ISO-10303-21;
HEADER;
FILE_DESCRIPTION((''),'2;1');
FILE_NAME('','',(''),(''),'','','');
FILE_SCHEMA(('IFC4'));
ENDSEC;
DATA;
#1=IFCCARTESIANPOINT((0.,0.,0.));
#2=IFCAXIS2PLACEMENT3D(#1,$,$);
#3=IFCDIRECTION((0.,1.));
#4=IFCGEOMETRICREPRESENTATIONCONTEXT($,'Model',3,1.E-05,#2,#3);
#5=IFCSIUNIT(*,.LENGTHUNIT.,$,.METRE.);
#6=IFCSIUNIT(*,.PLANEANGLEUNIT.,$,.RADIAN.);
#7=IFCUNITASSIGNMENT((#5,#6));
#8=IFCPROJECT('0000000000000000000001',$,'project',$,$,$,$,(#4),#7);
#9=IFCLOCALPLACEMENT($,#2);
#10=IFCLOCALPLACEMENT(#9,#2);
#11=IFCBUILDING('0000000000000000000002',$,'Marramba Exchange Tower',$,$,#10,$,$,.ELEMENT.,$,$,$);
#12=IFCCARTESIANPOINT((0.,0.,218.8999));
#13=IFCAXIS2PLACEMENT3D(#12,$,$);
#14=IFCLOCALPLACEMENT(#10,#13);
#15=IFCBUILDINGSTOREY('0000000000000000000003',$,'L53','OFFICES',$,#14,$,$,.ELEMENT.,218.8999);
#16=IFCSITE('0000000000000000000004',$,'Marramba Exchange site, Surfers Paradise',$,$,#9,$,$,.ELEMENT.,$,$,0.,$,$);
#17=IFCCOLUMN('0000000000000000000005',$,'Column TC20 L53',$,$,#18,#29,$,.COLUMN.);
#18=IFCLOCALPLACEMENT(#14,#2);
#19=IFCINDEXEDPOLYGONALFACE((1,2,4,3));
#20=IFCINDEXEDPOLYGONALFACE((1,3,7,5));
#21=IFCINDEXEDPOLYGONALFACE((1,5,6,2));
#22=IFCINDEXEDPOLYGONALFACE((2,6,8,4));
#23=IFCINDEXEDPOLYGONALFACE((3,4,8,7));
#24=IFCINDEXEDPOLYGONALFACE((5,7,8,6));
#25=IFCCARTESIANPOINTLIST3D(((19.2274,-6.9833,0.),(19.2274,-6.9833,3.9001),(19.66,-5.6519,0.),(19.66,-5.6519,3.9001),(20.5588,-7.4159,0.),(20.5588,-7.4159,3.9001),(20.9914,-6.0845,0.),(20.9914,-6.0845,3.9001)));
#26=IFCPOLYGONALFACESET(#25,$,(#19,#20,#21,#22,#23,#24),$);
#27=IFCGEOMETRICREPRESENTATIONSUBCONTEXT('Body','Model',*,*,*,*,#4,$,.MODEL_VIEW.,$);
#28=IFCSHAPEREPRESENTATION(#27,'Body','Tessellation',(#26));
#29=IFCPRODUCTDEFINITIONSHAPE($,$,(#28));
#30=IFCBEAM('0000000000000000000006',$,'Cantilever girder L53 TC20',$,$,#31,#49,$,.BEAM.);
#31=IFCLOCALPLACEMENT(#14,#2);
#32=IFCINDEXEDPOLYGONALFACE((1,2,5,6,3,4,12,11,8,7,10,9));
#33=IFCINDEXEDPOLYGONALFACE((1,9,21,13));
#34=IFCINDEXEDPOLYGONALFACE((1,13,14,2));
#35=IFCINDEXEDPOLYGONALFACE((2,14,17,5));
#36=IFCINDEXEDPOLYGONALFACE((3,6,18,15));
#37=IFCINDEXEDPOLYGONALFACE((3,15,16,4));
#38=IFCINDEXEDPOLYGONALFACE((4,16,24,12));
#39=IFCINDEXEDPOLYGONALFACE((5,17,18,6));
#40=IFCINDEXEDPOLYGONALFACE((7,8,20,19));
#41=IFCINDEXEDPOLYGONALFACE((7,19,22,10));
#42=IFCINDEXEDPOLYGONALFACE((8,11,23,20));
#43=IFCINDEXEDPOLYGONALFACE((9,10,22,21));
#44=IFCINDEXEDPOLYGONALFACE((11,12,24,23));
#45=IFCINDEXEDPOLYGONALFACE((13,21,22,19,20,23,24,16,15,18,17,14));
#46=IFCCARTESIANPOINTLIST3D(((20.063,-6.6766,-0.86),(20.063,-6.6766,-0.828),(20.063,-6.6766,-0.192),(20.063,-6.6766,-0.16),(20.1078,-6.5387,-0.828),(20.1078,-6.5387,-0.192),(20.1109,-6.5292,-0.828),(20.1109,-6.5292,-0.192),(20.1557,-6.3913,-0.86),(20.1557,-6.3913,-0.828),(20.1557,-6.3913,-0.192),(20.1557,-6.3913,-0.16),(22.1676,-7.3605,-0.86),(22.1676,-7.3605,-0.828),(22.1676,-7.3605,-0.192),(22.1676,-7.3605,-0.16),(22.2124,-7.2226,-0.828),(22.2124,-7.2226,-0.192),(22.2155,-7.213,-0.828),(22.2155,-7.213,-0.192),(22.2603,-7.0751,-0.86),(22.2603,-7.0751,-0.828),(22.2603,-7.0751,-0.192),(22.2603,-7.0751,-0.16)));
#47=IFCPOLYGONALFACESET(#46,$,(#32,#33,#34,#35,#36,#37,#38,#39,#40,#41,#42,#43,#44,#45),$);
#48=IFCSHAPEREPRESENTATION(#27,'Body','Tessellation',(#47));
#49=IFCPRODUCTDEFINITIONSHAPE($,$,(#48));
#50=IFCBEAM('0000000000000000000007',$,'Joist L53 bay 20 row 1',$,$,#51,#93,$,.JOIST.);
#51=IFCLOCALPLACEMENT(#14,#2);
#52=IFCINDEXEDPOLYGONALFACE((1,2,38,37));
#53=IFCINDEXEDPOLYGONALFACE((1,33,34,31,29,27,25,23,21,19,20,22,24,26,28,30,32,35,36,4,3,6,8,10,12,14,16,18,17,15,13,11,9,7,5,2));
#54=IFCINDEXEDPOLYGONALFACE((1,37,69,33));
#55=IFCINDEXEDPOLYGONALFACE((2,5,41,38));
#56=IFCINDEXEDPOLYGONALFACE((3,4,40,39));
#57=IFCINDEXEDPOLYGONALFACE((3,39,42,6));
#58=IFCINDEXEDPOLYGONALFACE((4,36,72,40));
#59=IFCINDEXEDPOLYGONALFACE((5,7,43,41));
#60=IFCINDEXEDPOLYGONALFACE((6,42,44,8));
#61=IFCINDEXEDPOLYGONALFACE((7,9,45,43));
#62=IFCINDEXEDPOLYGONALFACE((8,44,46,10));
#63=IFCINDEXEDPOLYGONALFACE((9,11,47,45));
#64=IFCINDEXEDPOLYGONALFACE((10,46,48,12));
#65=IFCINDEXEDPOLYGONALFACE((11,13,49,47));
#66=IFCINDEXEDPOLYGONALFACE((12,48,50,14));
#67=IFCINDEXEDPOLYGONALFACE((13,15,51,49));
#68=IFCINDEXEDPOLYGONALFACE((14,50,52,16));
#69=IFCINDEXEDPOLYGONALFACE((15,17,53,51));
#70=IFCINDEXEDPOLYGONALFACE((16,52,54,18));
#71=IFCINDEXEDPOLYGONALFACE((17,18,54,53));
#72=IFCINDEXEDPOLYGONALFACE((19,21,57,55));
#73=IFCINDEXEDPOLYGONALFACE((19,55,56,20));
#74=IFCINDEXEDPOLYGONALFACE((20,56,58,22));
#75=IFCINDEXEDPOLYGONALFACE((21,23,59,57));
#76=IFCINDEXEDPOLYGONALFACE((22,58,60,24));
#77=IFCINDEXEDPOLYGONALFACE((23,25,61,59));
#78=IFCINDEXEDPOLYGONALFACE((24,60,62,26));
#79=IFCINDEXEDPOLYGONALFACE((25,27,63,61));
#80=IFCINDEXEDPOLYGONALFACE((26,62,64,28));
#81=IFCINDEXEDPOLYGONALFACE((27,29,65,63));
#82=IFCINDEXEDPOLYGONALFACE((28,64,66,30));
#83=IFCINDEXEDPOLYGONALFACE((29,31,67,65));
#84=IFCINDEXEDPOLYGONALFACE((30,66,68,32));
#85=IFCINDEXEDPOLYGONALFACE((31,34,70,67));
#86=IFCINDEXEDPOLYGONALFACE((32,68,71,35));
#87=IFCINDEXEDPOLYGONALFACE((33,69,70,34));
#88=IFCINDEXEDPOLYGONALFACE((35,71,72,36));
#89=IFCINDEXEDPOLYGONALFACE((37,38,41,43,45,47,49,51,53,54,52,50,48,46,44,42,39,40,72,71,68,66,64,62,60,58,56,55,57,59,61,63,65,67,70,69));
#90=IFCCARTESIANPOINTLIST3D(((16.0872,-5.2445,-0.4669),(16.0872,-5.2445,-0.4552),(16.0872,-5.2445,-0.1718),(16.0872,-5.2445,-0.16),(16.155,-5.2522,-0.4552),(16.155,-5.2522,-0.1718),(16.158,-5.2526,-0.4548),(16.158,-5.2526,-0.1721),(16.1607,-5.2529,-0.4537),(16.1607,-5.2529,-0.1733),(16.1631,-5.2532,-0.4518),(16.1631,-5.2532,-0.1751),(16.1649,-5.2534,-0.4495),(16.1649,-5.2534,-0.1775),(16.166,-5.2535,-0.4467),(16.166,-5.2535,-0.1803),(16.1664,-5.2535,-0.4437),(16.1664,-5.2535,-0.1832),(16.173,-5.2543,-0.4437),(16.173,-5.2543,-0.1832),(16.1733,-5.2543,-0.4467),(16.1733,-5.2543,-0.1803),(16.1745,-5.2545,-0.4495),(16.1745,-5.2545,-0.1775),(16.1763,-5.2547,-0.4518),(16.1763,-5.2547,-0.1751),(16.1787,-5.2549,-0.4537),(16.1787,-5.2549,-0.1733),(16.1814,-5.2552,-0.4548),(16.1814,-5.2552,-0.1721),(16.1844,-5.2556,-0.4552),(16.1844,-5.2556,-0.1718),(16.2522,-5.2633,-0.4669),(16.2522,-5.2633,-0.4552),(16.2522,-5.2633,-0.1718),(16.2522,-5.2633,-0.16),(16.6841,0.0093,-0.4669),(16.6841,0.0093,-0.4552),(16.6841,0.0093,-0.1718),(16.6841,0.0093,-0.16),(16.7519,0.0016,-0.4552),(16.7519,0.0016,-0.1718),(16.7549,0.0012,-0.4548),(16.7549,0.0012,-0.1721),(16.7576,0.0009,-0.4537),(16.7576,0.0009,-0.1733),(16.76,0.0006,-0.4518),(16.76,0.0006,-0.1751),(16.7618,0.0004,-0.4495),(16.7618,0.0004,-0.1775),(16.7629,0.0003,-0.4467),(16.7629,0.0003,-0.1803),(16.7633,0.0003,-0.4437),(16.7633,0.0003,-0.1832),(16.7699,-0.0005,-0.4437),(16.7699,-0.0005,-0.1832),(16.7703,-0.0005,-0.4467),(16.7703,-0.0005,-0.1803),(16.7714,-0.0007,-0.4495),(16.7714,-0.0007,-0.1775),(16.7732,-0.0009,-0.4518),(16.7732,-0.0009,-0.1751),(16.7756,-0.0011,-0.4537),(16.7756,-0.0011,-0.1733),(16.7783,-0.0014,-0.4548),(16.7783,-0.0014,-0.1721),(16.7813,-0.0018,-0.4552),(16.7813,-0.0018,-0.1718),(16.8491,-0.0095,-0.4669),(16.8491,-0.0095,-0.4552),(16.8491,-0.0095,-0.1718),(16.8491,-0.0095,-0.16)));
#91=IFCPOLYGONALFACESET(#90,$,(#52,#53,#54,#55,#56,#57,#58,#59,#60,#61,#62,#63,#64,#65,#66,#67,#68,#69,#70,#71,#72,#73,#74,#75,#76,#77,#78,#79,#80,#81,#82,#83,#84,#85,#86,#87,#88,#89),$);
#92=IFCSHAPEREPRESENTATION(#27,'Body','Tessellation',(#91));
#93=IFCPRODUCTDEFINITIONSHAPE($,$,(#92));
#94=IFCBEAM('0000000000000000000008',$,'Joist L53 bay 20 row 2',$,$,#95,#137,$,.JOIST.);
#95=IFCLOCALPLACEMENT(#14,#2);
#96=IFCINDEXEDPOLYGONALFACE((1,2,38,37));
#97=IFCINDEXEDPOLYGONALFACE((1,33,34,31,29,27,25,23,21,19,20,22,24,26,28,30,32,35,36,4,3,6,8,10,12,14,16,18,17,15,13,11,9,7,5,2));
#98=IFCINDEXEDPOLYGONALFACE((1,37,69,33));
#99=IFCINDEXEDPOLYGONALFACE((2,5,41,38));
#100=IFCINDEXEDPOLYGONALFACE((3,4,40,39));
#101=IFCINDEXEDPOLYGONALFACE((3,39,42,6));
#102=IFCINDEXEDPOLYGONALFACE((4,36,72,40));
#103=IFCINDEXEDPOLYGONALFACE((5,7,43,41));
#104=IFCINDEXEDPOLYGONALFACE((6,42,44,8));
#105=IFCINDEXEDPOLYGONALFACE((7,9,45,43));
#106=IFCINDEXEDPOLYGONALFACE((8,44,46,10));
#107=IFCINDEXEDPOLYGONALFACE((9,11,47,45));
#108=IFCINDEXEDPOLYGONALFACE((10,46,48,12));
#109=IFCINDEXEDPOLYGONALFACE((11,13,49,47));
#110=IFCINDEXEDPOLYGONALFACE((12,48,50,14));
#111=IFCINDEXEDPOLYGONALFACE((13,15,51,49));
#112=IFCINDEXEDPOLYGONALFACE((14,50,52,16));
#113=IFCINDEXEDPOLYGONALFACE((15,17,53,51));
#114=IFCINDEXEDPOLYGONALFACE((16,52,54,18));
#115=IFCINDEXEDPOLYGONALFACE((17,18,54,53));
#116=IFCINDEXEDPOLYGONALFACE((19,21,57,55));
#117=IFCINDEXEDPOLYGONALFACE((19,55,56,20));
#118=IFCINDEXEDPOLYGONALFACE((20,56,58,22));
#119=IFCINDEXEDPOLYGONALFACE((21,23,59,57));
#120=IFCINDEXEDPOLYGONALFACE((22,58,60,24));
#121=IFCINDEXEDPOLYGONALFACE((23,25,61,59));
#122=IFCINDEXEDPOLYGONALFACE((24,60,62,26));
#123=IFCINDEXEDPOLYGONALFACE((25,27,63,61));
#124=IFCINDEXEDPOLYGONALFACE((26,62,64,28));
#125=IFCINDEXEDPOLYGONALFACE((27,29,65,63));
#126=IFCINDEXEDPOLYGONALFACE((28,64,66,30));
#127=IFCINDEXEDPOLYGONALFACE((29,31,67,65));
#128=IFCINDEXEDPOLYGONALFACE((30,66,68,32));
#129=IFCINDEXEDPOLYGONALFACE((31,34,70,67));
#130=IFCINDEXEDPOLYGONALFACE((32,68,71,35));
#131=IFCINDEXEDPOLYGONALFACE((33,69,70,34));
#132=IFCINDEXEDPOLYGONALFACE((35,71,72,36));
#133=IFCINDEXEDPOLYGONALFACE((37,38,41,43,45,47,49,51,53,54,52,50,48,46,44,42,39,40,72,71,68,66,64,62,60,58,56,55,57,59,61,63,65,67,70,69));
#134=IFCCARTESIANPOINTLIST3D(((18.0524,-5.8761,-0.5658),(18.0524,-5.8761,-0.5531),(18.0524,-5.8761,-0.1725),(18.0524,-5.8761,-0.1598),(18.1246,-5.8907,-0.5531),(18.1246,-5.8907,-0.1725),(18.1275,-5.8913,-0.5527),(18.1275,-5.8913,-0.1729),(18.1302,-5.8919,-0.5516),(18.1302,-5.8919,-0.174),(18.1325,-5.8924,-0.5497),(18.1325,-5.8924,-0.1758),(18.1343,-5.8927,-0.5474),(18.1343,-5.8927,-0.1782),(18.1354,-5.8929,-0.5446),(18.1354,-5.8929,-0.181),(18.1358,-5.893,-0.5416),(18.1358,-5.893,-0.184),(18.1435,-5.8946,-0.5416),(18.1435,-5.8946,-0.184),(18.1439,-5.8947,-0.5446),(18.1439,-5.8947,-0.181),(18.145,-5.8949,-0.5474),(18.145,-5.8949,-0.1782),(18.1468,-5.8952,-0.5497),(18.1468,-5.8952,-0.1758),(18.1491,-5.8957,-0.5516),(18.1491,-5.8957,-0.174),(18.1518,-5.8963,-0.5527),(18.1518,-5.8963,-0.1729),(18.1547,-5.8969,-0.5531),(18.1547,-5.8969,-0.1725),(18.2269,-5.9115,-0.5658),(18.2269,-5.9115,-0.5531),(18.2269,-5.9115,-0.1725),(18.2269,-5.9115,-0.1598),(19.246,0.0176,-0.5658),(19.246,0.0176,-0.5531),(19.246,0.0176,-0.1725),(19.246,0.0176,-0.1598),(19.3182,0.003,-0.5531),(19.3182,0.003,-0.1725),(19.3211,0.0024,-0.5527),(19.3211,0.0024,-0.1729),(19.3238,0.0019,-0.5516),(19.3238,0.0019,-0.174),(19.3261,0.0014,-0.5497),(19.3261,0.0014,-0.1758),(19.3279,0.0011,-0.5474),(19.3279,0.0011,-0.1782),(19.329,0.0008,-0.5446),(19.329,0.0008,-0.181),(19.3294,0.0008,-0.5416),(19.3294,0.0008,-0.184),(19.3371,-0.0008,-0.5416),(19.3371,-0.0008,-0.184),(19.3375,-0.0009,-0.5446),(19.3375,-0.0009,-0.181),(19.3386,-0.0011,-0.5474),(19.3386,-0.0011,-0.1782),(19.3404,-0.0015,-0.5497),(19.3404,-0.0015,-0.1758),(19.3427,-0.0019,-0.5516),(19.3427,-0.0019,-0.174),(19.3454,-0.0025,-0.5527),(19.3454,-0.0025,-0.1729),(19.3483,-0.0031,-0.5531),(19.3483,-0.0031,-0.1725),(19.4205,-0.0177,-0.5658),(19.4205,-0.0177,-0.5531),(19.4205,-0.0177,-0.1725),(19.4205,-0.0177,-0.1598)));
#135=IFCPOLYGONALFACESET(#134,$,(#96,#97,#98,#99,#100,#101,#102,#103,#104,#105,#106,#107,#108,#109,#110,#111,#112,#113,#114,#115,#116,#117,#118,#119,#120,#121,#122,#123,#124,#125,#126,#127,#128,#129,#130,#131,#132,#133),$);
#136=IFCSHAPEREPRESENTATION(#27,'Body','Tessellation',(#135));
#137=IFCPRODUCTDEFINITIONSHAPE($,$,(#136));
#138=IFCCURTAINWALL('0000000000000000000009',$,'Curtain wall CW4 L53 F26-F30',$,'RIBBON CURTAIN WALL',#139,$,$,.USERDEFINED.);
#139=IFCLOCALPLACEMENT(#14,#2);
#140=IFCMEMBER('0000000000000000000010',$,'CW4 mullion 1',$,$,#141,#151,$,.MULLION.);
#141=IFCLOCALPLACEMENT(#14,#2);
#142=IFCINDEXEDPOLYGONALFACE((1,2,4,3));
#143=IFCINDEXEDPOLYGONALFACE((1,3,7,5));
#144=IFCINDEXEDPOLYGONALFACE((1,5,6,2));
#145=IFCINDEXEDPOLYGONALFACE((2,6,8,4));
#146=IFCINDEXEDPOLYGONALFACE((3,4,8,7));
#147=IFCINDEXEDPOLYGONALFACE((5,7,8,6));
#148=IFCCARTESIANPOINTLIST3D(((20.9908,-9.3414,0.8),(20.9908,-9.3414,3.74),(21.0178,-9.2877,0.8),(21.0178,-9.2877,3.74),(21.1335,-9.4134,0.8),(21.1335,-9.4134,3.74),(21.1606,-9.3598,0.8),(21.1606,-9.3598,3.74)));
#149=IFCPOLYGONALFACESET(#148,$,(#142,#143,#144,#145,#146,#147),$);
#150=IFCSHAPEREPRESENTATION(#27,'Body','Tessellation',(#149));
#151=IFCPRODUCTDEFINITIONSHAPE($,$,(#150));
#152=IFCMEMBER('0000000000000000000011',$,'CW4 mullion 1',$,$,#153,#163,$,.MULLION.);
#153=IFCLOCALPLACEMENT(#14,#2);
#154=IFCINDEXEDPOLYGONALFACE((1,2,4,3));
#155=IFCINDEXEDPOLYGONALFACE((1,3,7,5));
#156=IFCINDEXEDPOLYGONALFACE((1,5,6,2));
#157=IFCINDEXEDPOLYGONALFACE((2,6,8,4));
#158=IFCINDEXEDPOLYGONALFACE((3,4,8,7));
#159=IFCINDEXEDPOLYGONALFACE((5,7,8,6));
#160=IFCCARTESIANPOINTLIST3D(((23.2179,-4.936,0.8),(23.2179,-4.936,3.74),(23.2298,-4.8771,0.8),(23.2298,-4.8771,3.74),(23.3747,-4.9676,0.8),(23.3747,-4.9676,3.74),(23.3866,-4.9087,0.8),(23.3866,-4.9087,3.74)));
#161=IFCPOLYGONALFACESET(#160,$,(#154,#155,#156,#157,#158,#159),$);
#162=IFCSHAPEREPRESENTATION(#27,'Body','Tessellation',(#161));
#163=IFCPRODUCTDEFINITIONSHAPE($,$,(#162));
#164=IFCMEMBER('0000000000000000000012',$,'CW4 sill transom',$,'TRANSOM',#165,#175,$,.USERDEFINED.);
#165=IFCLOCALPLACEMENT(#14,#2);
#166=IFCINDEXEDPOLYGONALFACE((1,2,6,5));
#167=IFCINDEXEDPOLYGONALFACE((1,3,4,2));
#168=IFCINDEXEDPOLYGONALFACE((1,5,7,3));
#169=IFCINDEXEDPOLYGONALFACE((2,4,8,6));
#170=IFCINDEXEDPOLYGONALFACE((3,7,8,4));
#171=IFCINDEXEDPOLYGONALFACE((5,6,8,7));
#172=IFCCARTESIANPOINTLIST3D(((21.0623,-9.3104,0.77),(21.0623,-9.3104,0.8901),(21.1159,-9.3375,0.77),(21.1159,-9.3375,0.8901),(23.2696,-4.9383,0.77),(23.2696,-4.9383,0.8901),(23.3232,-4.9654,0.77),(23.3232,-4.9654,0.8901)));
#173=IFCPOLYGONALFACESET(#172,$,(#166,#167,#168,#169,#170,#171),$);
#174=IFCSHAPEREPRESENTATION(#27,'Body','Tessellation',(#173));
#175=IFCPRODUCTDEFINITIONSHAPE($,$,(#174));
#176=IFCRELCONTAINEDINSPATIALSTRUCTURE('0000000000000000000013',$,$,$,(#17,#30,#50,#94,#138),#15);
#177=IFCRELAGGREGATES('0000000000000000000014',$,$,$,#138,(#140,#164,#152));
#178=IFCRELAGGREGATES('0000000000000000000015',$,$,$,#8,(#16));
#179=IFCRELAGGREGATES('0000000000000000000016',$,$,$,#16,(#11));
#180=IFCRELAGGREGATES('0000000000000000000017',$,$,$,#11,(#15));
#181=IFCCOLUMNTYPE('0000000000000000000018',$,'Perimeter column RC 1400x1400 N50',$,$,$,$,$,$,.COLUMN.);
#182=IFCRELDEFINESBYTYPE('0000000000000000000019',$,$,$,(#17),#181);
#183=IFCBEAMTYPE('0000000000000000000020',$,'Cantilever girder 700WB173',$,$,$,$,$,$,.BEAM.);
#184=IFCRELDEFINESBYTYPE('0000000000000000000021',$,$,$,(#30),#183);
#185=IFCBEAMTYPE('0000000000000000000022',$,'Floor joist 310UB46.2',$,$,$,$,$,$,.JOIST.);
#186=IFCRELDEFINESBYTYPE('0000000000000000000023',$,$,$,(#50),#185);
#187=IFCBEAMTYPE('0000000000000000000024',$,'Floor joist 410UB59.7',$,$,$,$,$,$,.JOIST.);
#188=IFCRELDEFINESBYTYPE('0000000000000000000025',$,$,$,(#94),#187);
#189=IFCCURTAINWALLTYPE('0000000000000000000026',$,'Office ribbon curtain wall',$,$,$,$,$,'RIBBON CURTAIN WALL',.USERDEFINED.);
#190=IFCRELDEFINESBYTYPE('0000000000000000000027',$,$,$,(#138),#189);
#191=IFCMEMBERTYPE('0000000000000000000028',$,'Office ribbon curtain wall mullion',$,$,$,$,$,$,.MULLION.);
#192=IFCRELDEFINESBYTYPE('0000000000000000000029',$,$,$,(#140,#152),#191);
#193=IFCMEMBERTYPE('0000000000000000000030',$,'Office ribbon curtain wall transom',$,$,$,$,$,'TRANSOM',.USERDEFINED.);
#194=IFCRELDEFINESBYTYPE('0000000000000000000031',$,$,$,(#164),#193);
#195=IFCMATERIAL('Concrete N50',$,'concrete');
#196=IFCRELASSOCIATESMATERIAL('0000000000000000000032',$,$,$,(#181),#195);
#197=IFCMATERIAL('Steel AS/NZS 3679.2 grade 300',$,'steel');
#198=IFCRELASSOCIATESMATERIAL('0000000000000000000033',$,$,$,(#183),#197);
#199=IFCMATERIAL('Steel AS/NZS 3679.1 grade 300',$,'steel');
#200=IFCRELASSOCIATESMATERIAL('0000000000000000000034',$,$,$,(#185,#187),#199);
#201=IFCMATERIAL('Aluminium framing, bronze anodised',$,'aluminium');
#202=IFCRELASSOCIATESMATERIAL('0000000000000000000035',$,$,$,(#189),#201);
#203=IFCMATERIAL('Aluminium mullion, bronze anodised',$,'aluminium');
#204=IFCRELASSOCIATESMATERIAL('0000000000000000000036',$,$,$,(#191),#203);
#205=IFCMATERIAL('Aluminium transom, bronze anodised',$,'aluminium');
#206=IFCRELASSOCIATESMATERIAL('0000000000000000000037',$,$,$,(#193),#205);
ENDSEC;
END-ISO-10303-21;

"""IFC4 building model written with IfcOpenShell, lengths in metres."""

from ifc_helpers import new_model, si_unit, direction, frame, origin, origin_2d, place, context, subcontext, project, spatial, rectangle, i_section, extrude, material, material_profile, profile_set, type_object, element, aggregate, save


model = new_model("IFC4")

# Units and contexts
model_context = context("Model", 3, precision=1e-05, world=origin(), true_north=direction((0.0, 1.0)))
body_context = subcontext(model_context, "Body", "Model", "MODEL_VIEW")
ifc_project = project(units=[si_unit("LENGTHUNIT", "METRE"), si_unit("PLANEANGLEUNIT", "RADIAN")], contexts=[model_context])

# Site, building, storey
site_placement = place(None, origin())
site = spatial("IfcSite", under=ifc_project, at=site_placement, Name="Marramba Exchange site, Surfers Paradise", CompositionType="ELEMENT", RefElevation=0.0)
building_placement = place(site_placement, origin())
building = spatial("IfcBuilding", under=site, at=building_placement, Name="Marramba Exchange Tower", CompositionType="ELEMENT")
storey_placement = place(building_placement, frame((0.0, 0.0, 218.8999)))
storey = spatial("IfcBuildingStorey", under=building, at=storey_placement, Name="L53", Description="OFFICES", CompositionType="ELEMENT", Elevation=218.8999)

# Column
ifc_material_1 = material(Name="Concrete N50", Category="concrete")
ifc_material_profile_1 = material_profile(ifc_material_1, rectangle(XDim=1.3999, YDim=1.3999, at=origin_2d()), Name="RC 1400x1400")
ifc_profile_set_1 = profile_set([ifc_material_profile_1], Name="Concrete N50")
column_type = type_object("IfcColumnType", Name="Perimeter column RC 1400x1400 N50", PredefinedType="COLUMN", material=ifc_profile_set_1)
column_placement = place(storey_placement, frame((20.1094, -6.5339, 0.0), z_axis=(0.0, 0.0, 1.0), x_axis=(0.951057, -0.309017, 0.0)))
element("IfcColumn", 1, at=column_placement, inside=storey, type_object=column_type, Name="Column TC20 L53", PredefinedType="COLUMN", context=body_context, shape_type="SweptSolid", body=[
    extrude(rectangle(XDim=1.3999, YDim=1.3999, at=origin_2d()), origin(), (0.0, 0.0, 1.0), 3.9001),
])

# Beams
ifc_material_2 = material(Name="Steel AS/NZS 3679.2 grade 300", Category="steel")
ifc_material_profile_2 = material_profile(ifc_material_2, i_section(OverallWidth=0.3, OverallDepth=0.7, WebThickness=0.01, FlangeThickness=0.032, at=origin_2d()), Name="700WB173")
ifc_profile_set_2 = profile_set([ifc_material_profile_2], Name="Steel AS/NZS 3679.2 grade 300")
beam_type_1 = type_object("IfcBeamType", Name="Cantilever girder 700WB173", PredefinedType="BEAM", material=ifc_profile_set_2)
beam_1_placement = place(storey_placement, frame((20.1094, -6.5339, -0.51), z_axis=(0.95105, -0.309036, 0.0), x_axis=(0.309036, 0.95105, 0.0)))
element("IfcBeam", 2, at=beam_1_placement, inside=storey, type_object=beam_type_1, Name="Cantilever girder L53 TC20", PredefinedType="BEAM", context=body_context, shape_type="SweptSolid", body=[
    extrude(i_section(OverallWidth=0.3, OverallDepth=0.7, WebThickness=0.01, FlangeThickness=0.032, at=origin_2d()), origin(), (0.0, 0.0, 1.0), 2.2129),
])
ifc_material_3 = material(Name="Steel AS/NZS 3679.1 grade 300", Category="steel")
ifc_material_profile_3 = material_profile(ifc_material_3, i_section(OverallWidth=0.166, OverallDepth=0.3069, WebThickness=0.0066, FlangeThickness=0.0117, FilletRadius=0.0115, at=origin_2d()), Name="310UB46.2")
ifc_profile_set_3 = profile_set([ifc_material_profile_3], Name="Steel AS/NZS 3679.1 grade 300")
beam_type_2 = type_object("IfcBeamType", Name="Floor joist 310UB46.2", PredefinedType="JOIST", material=ifc_profile_set_3)
beam_2_placement = place(storey_placement, frame((16.1697, -5.2539, -0.3135), z_axis=(0.112889, 0.993608, 0.0), x_axis=(-0.993608, 0.112889, 0.0)))
element("IfcBeam", 3, at=beam_2_placement, inside=storey, type_object=beam_type_2, Name="Joist L53 bay 20 row 1", PredefinedType="JOIST", context=body_context, shape_type="SweptSolid", body=[
    extrude(i_section(OverallWidth=0.166, OverallDepth=0.3069, WebThickness=0.0066, FlangeThickness=0.0117, FilletRadius=0.0115, at=origin_2d()), origin(), (0.0, 0.0, 1.0), 5.2876),
])
ifc_material_profile_4 = material_profile(ifc_material_3, i_section(OverallWidth=0.178, OverallDepth=0.406, WebThickness=0.0078, FlangeThickness=0.0127, FilletRadius=0.0115, at=origin_2d()), Name="410UB59.7")
ifc_profile_set_4 = profile_set([ifc_material_profile_4], Name="Steel AS/NZS 3679.1 grade 300")
beam_type_3 = type_object("IfcBeamType", Name="Floor joist 410UB59.7", PredefinedType="JOIST", material=ifc_profile_set_4)
beam_3_placement = place(storey_placement, frame((18.1396, -5.8938, -0.3628), z_axis=(0.198489, 0.980103, 0.0), x_axis=(-0.980103, 0.198489, 0.0)))
element("IfcBeam", 4, at=beam_3_placement, inside=storey, type_object=beam_type_3, Name="Joist L53 bay 20 row 2", PredefinedType="JOIST", context=body_context, shape_type="SweptSolid", body=[
    extrude(i_section(OverallWidth=0.178, OverallDepth=0.406, WebThickness=0.0078, FlangeThickness=0.0127, FilletRadius=0.0115, at=origin_2d()), origin(), (0.0, 0.0, 1.0), 6.0134),
])

# Curtain wall, members
ifc_material_4 = material(Name="Aluminium framing, bronze anodised", Category="aluminium")
curtain_wall_type = type_object("IfcCurtainWallType", Name="Office ribbon curtain wall", ElementType="RIBBON CURTAIN WALL", PredefinedType="USERDEFINED", material=ifc_material_4)
curtain_wall_placement = place(storey_placement, origin())
curtain_wall = element("IfcCurtainWall", 5, at=curtain_wall_placement, inside=storey, type_object=curtain_wall_type, Name="Curtain wall CW4 L53 F26-F30", ObjectType="RIBBON CURTAIN WALL", PredefinedType="USERDEFINED")
ifc_material_5 = material(Name="Aluminium mullion, bronze anodised", Category="aluminium")
ifc_material_profile_5 = material_profile(ifc_material_5, rectangle(XDim=0.1599, YDim=0.0601, at=origin_2d()), Name="CW4 mullion 60x160")
ifc_profile_set_5 = profile_set([ifc_material_profile_5], Name="Aluminium mullion, bronze anodised")
member_type_1 = type_object("IfcMemberType", Name="Office ribbon curtain wall mullion", PredefinedType="MULLION", material=ifc_profile_set_5)
member_1_placement = place(storey_placement, frame((21.0757, -9.3506, 0.8), z_axis=(0.0, 0.0, 1.0), x_axis=(-0.892689, 0.450673, 0.0)))
member_1 = element("IfcMember", 6, at=member_1_placement, type_object=member_type_1, Name="CW4 mullion 1", PredefinedType="MULLION", context=body_context, shape_type="SweptSolid", body=[
    extrude(rectangle(XDim=0.1599, YDim=0.0601, at=origin_2d()), origin(), (0.0, 0.0, 1.0), 2.9399),
])
member_2_placement = place(storey_placement, frame((23.3022, -4.9224, 0.8), z_axis=(0.0, 0.0, 1.0), x_axis=(-0.980304, 0.197495, 0.0)))
member_2 = element("IfcMember", 7, at=member_2_placement, type_object=member_type_1, Name="CW4 mullion 1", PredefinedType="MULLION", context=body_context, shape_type="SweptSolid", body=[
    extrude(rectangle(XDim=0.1599, YDim=0.0601, at=origin_2d()), origin(), (0.0, 0.0, 1.0), 2.9399),
])
ifc_material_6 = material(Name="Aluminium transom, bronze anodised", Category="aluminium")
ifc_material_profile_6 = material_profile(ifc_material_6, rectangle(XDim=0.0601, YDim=0.1201, at=origin_2d()), Name="CW4 transom 60x120")
ifc_profile_set_6 = profile_set([ifc_material_profile_6], Name="Aluminium transom, bronze anodised")
member_type_2 = type_object("IfcMemberType", Name="Office ribbon curtain wall transom", ElementType="TRANSOM", PredefinedType="USERDEFINED", material=ifc_profile_set_6)
member_3_placement = place(storey_placement, frame((21.0891, -9.324, 0.8301), z_axis=(0.45068, 0.892686, 0.0), x_axis=(-0.892686, 0.45068, 0.0)))
member_3 = element("IfcMember", 8, at=member_3_placement, type_object=member_type_2, Name="CW4 sill transom", ObjectType="TRANSOM", PredefinedType="USERDEFINED", context=body_context, shape_type="SweptSolid", body=[
    extrude(rectangle(XDim=0.0601, YDim=0.1201, at=origin_2d()), origin(), (0.0, 0.0, 1.0), 4.8977),
])

aggregate(curtain_wall, [member_1, member_3, member_2])

save(model, "model.ifc")
